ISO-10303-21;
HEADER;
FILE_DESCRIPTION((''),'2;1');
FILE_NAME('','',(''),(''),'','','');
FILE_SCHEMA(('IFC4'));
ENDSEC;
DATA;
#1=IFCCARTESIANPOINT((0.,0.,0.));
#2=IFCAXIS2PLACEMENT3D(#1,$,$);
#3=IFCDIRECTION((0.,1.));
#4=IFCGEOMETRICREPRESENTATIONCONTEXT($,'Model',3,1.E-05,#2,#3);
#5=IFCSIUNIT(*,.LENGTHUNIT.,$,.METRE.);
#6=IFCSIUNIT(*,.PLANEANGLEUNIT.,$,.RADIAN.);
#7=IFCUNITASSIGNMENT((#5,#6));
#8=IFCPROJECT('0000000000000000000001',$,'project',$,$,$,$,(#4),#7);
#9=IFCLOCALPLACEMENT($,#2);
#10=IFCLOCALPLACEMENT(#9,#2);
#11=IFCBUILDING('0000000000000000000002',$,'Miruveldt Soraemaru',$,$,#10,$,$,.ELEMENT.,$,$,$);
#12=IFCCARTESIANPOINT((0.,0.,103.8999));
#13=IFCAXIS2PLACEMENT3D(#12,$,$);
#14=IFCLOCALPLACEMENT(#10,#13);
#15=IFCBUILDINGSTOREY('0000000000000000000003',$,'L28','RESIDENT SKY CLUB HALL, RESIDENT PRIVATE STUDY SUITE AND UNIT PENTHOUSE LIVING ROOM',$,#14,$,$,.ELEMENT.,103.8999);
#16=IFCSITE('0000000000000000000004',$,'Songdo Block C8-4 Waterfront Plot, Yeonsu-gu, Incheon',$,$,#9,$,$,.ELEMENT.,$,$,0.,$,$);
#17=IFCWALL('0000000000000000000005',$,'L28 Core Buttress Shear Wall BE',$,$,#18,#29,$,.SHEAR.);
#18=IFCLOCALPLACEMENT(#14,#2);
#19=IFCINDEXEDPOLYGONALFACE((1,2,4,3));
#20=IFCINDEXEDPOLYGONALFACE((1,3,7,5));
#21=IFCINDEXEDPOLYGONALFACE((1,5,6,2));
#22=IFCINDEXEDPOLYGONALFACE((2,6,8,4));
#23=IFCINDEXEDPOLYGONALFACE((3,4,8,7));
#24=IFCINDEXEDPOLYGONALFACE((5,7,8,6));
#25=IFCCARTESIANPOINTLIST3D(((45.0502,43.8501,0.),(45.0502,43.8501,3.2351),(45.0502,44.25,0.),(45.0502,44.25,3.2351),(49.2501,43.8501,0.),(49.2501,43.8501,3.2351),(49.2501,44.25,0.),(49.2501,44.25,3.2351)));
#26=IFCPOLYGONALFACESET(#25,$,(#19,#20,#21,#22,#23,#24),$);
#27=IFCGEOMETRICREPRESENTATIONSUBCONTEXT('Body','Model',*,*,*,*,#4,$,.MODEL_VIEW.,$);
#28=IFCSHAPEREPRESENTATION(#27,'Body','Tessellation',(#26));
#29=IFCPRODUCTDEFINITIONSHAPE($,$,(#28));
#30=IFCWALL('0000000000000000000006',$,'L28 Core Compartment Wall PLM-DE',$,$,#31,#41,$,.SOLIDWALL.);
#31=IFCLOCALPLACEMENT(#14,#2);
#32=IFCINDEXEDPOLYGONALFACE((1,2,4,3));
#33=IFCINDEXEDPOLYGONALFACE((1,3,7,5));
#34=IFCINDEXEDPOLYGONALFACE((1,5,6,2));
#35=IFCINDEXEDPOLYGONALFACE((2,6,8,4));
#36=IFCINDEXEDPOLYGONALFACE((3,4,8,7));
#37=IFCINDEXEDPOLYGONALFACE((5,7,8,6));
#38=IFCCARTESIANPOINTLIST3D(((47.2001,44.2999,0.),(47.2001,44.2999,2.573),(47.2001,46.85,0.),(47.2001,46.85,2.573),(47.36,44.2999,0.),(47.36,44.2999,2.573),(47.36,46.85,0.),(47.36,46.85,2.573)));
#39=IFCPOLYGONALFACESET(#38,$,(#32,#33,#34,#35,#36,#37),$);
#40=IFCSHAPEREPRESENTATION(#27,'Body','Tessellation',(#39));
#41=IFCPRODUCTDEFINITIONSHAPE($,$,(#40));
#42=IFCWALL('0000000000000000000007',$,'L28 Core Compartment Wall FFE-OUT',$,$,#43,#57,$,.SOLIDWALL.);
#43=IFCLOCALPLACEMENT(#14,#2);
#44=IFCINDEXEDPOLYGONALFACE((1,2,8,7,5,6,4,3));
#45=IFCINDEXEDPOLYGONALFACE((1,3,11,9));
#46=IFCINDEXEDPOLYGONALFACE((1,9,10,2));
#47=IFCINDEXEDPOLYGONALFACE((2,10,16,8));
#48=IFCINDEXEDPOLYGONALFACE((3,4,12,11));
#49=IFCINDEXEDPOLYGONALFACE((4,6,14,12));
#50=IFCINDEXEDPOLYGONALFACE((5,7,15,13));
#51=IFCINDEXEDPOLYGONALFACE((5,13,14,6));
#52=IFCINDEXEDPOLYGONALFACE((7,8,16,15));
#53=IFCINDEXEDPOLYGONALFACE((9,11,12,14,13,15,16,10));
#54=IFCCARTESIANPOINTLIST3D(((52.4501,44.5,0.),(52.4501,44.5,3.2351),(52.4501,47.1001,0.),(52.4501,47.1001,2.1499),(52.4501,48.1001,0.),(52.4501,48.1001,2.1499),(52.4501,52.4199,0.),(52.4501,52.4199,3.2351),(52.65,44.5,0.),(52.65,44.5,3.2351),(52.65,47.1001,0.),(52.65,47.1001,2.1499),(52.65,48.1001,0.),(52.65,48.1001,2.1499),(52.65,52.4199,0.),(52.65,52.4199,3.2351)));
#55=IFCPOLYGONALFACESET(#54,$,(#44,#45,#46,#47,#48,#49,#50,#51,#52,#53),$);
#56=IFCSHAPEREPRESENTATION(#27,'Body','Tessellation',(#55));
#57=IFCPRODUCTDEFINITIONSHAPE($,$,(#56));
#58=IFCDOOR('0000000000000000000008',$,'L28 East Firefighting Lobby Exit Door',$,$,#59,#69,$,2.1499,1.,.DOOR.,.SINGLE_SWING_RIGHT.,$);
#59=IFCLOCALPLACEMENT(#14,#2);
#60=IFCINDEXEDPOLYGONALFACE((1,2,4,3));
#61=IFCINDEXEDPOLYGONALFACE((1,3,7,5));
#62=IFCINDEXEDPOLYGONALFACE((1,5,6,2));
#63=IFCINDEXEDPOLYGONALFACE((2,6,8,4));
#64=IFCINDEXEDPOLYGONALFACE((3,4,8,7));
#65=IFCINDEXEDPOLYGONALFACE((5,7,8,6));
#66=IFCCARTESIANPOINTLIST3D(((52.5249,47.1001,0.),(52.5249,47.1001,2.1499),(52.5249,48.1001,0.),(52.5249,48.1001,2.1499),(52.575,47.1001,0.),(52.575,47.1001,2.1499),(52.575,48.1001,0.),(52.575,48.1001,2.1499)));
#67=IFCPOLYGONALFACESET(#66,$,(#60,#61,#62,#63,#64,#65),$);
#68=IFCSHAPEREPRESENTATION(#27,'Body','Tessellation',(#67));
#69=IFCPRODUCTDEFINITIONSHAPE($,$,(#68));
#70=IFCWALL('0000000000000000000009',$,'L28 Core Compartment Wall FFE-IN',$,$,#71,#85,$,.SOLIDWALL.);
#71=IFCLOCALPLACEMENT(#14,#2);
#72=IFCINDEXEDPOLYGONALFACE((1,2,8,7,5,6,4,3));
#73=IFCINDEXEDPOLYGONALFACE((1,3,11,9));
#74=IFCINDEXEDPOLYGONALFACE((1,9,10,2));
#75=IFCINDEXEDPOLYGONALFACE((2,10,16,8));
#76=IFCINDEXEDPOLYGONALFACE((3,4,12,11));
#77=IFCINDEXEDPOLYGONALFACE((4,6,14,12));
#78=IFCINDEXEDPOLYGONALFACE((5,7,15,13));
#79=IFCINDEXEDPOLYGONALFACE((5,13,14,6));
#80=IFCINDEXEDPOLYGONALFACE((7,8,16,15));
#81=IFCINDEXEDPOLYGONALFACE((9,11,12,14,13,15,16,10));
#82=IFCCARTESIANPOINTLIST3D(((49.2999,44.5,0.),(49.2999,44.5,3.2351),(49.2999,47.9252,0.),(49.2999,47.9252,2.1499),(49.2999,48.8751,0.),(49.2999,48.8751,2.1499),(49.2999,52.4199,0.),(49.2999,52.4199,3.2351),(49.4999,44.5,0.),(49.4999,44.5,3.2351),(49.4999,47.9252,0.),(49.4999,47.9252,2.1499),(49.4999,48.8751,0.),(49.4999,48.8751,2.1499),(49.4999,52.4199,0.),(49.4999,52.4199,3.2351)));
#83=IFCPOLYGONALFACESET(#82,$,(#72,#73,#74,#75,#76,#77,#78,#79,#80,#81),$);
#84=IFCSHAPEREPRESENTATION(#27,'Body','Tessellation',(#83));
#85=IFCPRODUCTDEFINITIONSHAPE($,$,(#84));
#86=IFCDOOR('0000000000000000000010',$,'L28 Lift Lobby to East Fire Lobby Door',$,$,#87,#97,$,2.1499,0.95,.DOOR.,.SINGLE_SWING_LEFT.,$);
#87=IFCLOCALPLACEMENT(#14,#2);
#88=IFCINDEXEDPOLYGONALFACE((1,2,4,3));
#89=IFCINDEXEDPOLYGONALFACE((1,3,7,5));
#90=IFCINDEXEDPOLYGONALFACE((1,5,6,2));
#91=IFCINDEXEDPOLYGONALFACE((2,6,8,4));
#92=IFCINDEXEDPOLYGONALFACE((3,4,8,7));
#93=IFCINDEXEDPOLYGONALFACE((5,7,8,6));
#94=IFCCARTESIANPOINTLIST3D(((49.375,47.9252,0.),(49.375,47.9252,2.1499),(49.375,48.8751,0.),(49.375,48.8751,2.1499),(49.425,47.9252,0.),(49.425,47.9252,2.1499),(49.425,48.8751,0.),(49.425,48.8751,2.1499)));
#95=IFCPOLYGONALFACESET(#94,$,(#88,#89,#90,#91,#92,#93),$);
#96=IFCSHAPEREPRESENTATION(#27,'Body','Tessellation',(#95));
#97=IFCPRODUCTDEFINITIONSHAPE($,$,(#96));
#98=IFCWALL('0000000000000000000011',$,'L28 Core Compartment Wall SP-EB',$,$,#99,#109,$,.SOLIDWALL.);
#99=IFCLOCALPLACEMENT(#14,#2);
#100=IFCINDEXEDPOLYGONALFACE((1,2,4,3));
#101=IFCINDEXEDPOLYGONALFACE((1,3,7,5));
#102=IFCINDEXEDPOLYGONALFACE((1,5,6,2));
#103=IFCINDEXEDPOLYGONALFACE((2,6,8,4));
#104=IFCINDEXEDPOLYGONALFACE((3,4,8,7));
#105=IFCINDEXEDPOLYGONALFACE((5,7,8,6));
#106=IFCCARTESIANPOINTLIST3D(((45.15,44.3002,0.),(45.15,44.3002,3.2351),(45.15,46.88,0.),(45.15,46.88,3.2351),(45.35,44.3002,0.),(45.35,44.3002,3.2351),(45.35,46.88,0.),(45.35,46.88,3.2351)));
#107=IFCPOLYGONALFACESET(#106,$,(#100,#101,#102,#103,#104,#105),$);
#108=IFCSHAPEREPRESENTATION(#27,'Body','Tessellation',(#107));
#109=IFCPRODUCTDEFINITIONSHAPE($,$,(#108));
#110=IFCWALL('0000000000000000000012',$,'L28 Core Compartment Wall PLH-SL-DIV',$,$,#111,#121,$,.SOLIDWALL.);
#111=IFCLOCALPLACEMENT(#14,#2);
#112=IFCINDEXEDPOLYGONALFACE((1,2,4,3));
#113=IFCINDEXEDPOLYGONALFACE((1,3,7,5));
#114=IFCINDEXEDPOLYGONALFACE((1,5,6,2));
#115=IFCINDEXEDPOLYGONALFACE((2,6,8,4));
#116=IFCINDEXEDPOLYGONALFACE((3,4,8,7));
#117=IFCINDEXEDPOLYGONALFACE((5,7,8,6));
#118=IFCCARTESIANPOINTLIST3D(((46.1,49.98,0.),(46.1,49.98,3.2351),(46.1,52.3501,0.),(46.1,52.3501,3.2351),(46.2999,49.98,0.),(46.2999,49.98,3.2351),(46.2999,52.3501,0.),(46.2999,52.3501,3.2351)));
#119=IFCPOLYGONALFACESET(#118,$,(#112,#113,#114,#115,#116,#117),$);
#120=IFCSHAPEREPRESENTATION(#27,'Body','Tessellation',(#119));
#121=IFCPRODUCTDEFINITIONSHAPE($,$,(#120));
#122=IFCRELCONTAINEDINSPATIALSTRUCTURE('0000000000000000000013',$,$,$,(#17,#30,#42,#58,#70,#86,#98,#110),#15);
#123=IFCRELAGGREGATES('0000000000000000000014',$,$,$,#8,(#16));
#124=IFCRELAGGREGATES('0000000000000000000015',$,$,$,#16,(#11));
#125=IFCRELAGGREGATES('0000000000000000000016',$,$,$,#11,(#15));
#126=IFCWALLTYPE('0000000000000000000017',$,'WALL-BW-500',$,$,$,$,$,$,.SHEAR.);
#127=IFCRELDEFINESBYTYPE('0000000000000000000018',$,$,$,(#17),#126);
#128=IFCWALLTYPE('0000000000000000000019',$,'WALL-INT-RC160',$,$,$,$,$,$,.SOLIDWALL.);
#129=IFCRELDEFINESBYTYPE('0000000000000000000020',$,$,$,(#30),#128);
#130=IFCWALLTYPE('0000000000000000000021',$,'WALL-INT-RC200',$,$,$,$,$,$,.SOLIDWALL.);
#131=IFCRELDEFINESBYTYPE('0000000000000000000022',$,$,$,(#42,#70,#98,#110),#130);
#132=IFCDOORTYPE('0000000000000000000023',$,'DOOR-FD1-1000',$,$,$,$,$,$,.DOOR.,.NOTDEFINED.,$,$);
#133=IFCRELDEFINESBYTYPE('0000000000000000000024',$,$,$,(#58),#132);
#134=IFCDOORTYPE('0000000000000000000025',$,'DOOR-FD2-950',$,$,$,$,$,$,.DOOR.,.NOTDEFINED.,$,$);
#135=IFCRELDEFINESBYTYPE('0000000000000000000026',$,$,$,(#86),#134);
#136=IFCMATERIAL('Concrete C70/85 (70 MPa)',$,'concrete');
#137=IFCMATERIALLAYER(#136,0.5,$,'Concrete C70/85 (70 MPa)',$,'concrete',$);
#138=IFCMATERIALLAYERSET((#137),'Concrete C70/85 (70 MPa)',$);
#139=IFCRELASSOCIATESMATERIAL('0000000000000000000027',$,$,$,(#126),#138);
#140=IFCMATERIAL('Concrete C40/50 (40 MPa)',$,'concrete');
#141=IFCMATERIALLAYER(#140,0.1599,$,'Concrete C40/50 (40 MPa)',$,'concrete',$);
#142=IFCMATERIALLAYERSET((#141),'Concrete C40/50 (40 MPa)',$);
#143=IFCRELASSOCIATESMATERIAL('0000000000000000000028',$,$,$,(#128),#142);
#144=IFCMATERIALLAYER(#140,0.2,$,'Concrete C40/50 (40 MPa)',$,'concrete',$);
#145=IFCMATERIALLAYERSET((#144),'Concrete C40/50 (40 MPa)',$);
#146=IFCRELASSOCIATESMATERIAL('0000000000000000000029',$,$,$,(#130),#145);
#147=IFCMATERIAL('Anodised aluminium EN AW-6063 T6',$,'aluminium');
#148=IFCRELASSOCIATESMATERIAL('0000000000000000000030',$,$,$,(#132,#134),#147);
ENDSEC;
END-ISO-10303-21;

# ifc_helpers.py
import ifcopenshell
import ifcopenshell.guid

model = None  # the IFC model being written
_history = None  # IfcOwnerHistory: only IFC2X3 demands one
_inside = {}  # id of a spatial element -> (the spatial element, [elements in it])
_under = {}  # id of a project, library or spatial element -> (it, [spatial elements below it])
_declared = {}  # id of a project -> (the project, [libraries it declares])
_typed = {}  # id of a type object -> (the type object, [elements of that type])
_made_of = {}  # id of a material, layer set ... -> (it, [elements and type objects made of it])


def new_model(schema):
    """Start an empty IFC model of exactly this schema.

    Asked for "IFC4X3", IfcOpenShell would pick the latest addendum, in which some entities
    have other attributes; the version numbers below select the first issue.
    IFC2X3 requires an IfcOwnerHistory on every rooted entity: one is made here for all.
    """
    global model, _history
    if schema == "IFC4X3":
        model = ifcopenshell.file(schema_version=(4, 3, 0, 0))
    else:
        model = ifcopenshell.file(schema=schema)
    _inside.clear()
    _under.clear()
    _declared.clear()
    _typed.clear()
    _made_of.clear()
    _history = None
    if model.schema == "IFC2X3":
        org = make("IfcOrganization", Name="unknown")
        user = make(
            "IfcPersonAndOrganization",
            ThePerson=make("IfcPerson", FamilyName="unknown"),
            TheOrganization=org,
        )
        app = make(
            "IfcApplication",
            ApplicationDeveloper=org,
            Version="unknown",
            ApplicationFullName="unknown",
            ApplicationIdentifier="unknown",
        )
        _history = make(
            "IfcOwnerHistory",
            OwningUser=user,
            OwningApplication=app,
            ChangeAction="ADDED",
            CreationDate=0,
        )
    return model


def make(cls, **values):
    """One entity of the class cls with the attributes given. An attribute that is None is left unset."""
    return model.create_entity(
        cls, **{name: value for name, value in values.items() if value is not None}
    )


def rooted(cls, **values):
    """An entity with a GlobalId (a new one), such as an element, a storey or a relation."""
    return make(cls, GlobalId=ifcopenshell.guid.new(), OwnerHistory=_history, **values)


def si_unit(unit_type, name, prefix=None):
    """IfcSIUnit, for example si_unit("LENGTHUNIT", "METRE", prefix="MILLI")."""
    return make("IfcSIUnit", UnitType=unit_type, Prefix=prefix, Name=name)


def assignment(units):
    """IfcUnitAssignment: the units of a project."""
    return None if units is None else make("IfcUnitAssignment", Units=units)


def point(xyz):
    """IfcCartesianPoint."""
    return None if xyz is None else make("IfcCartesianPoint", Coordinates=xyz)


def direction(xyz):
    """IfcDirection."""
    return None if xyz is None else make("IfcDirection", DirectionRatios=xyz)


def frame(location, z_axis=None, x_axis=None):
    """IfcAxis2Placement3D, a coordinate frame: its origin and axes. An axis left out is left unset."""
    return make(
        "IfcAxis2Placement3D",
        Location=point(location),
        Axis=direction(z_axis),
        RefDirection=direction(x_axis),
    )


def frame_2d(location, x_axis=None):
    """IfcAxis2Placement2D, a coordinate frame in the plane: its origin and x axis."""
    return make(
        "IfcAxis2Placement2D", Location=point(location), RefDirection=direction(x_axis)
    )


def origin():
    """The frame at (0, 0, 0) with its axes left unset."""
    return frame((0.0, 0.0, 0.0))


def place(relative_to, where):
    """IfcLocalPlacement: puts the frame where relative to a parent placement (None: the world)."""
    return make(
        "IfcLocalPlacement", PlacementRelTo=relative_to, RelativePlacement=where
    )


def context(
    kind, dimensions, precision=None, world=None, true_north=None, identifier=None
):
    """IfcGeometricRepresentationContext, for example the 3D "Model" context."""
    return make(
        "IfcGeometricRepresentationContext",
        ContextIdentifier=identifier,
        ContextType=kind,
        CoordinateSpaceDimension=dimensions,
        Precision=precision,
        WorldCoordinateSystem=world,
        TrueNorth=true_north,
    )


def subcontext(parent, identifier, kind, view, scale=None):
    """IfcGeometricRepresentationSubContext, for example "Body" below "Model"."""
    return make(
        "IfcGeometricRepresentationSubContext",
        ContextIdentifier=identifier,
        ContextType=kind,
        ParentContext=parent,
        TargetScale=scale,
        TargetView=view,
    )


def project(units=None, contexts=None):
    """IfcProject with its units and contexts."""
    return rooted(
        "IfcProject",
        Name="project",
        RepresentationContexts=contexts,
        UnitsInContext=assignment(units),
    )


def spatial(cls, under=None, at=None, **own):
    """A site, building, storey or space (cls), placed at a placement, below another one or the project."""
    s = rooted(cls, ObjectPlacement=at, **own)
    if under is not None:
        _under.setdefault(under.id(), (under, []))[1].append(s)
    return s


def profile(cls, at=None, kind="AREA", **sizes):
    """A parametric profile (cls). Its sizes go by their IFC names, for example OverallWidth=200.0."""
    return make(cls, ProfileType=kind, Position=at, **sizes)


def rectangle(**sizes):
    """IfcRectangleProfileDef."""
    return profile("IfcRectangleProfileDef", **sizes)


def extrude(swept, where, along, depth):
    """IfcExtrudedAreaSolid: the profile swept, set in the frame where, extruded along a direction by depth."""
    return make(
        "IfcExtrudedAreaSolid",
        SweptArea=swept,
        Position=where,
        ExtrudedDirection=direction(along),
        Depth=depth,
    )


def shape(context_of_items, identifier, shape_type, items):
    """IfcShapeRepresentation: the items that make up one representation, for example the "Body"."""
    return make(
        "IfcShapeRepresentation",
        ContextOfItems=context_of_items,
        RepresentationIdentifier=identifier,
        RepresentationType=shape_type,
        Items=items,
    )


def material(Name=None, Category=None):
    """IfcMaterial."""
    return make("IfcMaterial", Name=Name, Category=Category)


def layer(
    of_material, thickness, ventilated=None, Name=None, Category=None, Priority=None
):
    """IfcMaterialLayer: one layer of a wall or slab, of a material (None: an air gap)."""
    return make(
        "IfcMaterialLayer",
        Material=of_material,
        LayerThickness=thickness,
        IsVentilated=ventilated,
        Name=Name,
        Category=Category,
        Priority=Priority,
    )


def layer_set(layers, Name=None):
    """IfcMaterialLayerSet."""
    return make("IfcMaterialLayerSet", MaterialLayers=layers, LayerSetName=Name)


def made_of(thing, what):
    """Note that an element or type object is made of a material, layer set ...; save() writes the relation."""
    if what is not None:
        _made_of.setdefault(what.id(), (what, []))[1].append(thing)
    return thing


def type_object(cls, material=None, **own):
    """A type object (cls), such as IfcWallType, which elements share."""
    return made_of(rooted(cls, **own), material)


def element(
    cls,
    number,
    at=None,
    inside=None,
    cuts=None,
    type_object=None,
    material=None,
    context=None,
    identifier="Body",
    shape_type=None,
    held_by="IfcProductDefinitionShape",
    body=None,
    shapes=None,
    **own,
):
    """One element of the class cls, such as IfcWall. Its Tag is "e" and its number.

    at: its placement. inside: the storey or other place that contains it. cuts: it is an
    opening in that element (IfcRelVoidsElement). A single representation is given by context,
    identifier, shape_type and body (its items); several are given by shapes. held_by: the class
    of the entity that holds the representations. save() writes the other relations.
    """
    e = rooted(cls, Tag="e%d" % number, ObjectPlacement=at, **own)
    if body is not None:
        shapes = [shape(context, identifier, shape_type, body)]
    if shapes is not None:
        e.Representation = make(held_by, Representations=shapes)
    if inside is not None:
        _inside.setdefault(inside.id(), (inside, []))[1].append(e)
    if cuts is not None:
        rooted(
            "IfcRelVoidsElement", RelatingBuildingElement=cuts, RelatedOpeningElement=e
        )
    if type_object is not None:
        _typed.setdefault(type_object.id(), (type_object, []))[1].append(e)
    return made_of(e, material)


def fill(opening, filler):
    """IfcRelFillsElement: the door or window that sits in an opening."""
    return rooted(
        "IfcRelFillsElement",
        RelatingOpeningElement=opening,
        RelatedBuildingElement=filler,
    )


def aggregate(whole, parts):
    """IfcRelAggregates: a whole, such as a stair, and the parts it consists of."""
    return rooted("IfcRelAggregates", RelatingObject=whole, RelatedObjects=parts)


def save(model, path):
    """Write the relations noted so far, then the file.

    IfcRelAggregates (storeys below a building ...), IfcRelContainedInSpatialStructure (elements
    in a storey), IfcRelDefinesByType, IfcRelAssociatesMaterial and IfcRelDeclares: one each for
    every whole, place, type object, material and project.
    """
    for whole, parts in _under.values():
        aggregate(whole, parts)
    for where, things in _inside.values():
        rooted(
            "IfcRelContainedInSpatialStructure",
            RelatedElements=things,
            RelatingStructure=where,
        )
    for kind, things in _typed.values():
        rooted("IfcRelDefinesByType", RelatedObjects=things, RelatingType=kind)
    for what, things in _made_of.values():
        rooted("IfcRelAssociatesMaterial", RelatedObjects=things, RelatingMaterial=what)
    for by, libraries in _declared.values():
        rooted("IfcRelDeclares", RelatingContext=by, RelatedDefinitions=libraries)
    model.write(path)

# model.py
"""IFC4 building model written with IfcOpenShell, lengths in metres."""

from ifc_helpers import new_model, si_unit, direction, frame, frame_2d, origin, place, context, subcontext, project, spatial, rectangle, extrude, material, layer, layer_set, type_object, element, fill, save


model = new_model("IFC4")

# Units and contexts
model_context = context("Model", 3, precision=1e-05, world=origin(), true_north=direction((0.0, 1.0)))
body_context = subcontext(model_context, "Body", "Model", "MODEL_VIEW")
ifc_project = project(units=[si_unit("LENGTHUNIT", "METRE"), si_unit("PLANEANGLEUNIT", "RADIAN")], contexts=[model_context])

# Site, building, storey
site_placement = place(None, origin())
site = spatial("IfcSite", under=ifc_project, at=site_placement, Name="Songdo Block C8-4 Waterfront Plot, Yeonsu-gu, Incheon", CompositionType="ELEMENT", RefElevation=0.0)
building_placement = place(site_placement, origin())
building = spatial("IfcBuilding", under=site, at=building_placement, Name="Miruveldt Soraemaru", CompositionType="ELEMENT")
storey_placement = place(building_placement, frame((0.0, 0.0, 103.8999)))
storey = spatial("IfcBuildingStorey", under=building, at=storey_placement, Name="L28", Description="RESIDENT SKY CLUB HALL, RESIDENT PRIVATE STUDY SUITE AND UNIT PENTHOUSE LIVING ROOM", CompositionType="ELEMENT", Elevation=103.8999)

# Shared definitions
ifc_material_1 = material(Name="Concrete C70/85 (70 MPa)", Category="concrete")

# Walls
ifc_layer_1 = layer(ifc_material_1, 0.5, Name="Concrete C70/85 (70 MPa)", Category="concrete")
ifc_layer_set_1 = layer_set([ifc_layer_1], Name="Concrete C70/85 (70 MPa)")
wall_type_1 = type_object("IfcWallType", Name="WALL-BW-500", PredefinedType="SHEAR", material=ifc_layer_set_1)
wall_1_placement = place(storey_placement, frame((45.05, 44.05, 0.0), z_axis=(0.0, 0.0, 1.0), x_axis=(1.0, 0.0, 0.0)))
element("IfcWall", 1, at=wall_1_placement, inside=storey, type_object=wall_type_1, Name="L28 Core Buttress Shear Wall BE", PredefinedType="SHEAR", context=body_context, shape_type="SweptSolid", body=[
    extrude(rectangle(XDim=4.2, YDim=0.3999, at=frame_2d((2.1001, 0.0))), origin(), (0.0, 0.0, 1.0), 3.2351),
])
ifc_material_2 = material(Name="Concrete C40/50 (40 MPa)", Category="concrete")
ifc_layer_2 = layer(ifc_material_2, 0.1599, Name="Concrete C40/50 (40 MPa)", Category="concrete")
ifc_layer_set_2 = layer_set([ifc_layer_2], Name="Concrete C40/50 (40 MPa)")
wall_type_2 = type_object("IfcWallType", Name="WALL-INT-RC160", PredefinedType="SOLIDWALL", material=ifc_layer_set_2)
wall_2_placement = place(storey_placement, frame((47.28, 44.3, 0.0), z_axis=(0.0, 0.0, 1.0), x_axis=(0.0, 1.0, 0.0)))
element("IfcWall", 2, at=wall_2_placement, inside=storey, type_object=wall_type_2, Name="L28 Core Compartment Wall PLM-DE", PredefinedType="SOLIDWALL", context=body_context, shape_type="SweptSolid", body=[
    extrude(rectangle(XDim=2.55, YDim=0.1599, at=frame_2d((1.2749, 0.0))), origin(), (0.0, 0.0, 1.0), 2.573),
])

# Walls, openings, doors
ifc_layer_3 = layer(ifc_material_2, 0.2, Name="Concrete C40/50 (40 MPa)", Category="concrete")
ifc_layer_set_3 = layer_set([ifc_layer_3], Name="Concrete C40/50 (40 MPa)")
wall_type_3 = type_object("IfcWallType", Name="WALL-INT-RC200", PredefinedType="SOLIDWALL", material=ifc_layer_set_3)
wall_3_placement = place(storey_placement, frame((52.55, 44.5, 0.0), z_axis=(0.0, 0.0, 1.0), x_axis=(0.0, 1.0, 0.0)))
wall_3 = element("IfcWall", 3, at=wall_3_placement, inside=storey, type_object=wall_type_3, Name="L28 Core Compartment Wall FFE-OUT", PredefinedType="SOLIDWALL", context=body_context, shape_type="SweptSolid", body=[
    extrude(rectangle(XDim=7.9199, YDim=0.2, at=frame_2d((3.96, 0.0))), origin(), (0.0, 0.0, 1.0), 3.2351),
])
opening_1_placement = place(wall_3_placement, frame((2.6001, 0.0, 0.0)))
opening_1 = element("IfcOpeningElement", 4, at=opening_1_placement, cuts=wall_3, PredefinedType="OPENING", context=body_context, shape_type="SweptSolid", body=[
    extrude(rectangle(XDim=1.0, YDim=2.1499, at=frame_2d((0.5, 1.075))), frame((0.0, 0.1099, 0.0), z_axis=(0.0, -1.0, 0.0), x_axis=(1.0, 0.0, 0.0)), (0.0, 0.0, 1.0), 0.22),
])
ifc_material_3 = material(Name="Anodised aluminium EN AW-6063 T6", Category="aluminium")
door_type_1 = type_object("IfcDoorType", Name="DOOR-FD1-1000", OperationType="NOTDEFINED", PredefinedType="DOOR", material=ifc_material_3)
door_1_placement = place(opening_1_placement, frame((1.0, 0.0, 0.0), z_axis=(0.0, 0.0, 1.0), x_axis=(-1.0, 0.0, 0.0)))
door_1 = element("IfcDoor", 5, at=door_1_placement, inside=storey, type_object=door_type_1, Name="L28 East Firefighting Lobby Exit Door", OperationType="SINGLE_SWING_RIGHT", OverallHeight=2.1499, OverallWidth=1.0, PredefinedType="DOOR", context=body_context, shape_type="SweptSolid", body=[
    extrude(rectangle(XDim=1.0, YDim=2.1499, at=frame_2d((0.5, 1.075))), frame((0.0, 0.0249, 0.0), z_axis=(0.0, -1.0, 0.0), x_axis=(1.0, 0.0, 0.0)), (0.0, 0.0, 1.0), 0.05),
])
fill(opening_1, door_1)
wall_4_placement = place(storey_placement, frame((49.3999, 44.5, 0.0), z_axis=(0.0, 0.0, 1.0), x_axis=(0.0, 1.0, 0.0)))
wall_4 = element("IfcWall", 6, at=wall_4_placement, inside=storey, type_object=wall_type_3, Name="L28 Core Compartment Wall FFE-IN", PredefinedType="SOLIDWALL", context=body_context, shape_type="SweptSolid", body=[
    extrude(rectangle(XDim=7.9199, YDim=0.2, at=frame_2d((3.96, 0.0))), origin(), (0.0, 0.0, 1.0), 3.2351),
])
opening_2_placement = place(wall_4_placement, frame((3.425, 0.0, 0.0)))
opening_2 = element("IfcOpeningElement", 7, at=opening_2_placement, cuts=wall_4, PredefinedType="OPENING", context=body_context, shape_type="SweptSolid", body=[
    extrude(rectangle(XDim=0.95, YDim=2.1499, at=frame_2d((0.4751, 1.075))), frame((0.0, 0.1099, 0.0), z_axis=(0.0, -1.0, 0.0), x_axis=(1.0, 0.0, 0.0)), (0.0, 0.0, 1.0), 0.22),
])
door_type_2 = type_object("IfcDoorType", Name="DOOR-FD2-950", OperationType="NOTDEFINED", PredefinedType="DOOR", material=ifc_material_3)
door_2_placement = place(opening_2_placement, origin())
door_2 = element("IfcDoor", 8, at=door_2_placement, inside=storey, type_object=door_type_2, Name="L28 Lift Lobby to East Fire Lobby Door", OperationType="SINGLE_SWING_LEFT", OverallHeight=2.1499, OverallWidth=0.95, PredefinedType="DOOR", context=body_context, shape_type="SweptSolid", body=[
    extrude(rectangle(XDim=0.95, YDim=2.1499, at=frame_2d((0.4751, 1.075))), frame((0.0, 0.0249, 0.0), z_axis=(0.0, -1.0, 0.0), x_axis=(1.0, 0.0, 0.0)), (0.0, 0.0, 1.0), 0.05),
])
fill(opening_2, door_2)

# Walls
wall_5_placement = place(storey_placement, frame((45.25, 44.3, 0.0), z_axis=(0.0, 0.0, 1.0), x_axis=(0.0, 1.0, 0.0)))
element("IfcWall", 9, at=wall_5_placement, inside=storey, type_object=wall_type_3, Name="L28 Core Compartment Wall SP-EB", PredefinedType="SOLIDWALL", context=body_context, shape_type="SweptSolid", body=[
    extrude(rectangle(XDim=2.5798, YDim=0.2, at=frame_2d((1.29, 0.0))), origin(), (0.0, 0.0, 1.0), 3.2351),
])
wall_6_placement = place(storey_placement, frame((46.2, 49.98, 0.0), z_axis=(0.0, 0.0, 1.0), x_axis=(0.0, 1.0, 0.0)))
element("IfcWall", 10, at=wall_6_placement, inside=storey, type_object=wall_type_3, Name="L28 Core Compartment Wall PLH-SL-DIV", PredefinedType="SOLIDWALL", context=body_context, shape_type="SweptSolid", body=[
    extrude(rectangle(XDim=2.3701, YDim=0.2, at=frame_2d((1.1851, 0.0))), origin(), (0.0, 0.0, 1.0), 3.2351),
])

save(model, "model.ifc")
